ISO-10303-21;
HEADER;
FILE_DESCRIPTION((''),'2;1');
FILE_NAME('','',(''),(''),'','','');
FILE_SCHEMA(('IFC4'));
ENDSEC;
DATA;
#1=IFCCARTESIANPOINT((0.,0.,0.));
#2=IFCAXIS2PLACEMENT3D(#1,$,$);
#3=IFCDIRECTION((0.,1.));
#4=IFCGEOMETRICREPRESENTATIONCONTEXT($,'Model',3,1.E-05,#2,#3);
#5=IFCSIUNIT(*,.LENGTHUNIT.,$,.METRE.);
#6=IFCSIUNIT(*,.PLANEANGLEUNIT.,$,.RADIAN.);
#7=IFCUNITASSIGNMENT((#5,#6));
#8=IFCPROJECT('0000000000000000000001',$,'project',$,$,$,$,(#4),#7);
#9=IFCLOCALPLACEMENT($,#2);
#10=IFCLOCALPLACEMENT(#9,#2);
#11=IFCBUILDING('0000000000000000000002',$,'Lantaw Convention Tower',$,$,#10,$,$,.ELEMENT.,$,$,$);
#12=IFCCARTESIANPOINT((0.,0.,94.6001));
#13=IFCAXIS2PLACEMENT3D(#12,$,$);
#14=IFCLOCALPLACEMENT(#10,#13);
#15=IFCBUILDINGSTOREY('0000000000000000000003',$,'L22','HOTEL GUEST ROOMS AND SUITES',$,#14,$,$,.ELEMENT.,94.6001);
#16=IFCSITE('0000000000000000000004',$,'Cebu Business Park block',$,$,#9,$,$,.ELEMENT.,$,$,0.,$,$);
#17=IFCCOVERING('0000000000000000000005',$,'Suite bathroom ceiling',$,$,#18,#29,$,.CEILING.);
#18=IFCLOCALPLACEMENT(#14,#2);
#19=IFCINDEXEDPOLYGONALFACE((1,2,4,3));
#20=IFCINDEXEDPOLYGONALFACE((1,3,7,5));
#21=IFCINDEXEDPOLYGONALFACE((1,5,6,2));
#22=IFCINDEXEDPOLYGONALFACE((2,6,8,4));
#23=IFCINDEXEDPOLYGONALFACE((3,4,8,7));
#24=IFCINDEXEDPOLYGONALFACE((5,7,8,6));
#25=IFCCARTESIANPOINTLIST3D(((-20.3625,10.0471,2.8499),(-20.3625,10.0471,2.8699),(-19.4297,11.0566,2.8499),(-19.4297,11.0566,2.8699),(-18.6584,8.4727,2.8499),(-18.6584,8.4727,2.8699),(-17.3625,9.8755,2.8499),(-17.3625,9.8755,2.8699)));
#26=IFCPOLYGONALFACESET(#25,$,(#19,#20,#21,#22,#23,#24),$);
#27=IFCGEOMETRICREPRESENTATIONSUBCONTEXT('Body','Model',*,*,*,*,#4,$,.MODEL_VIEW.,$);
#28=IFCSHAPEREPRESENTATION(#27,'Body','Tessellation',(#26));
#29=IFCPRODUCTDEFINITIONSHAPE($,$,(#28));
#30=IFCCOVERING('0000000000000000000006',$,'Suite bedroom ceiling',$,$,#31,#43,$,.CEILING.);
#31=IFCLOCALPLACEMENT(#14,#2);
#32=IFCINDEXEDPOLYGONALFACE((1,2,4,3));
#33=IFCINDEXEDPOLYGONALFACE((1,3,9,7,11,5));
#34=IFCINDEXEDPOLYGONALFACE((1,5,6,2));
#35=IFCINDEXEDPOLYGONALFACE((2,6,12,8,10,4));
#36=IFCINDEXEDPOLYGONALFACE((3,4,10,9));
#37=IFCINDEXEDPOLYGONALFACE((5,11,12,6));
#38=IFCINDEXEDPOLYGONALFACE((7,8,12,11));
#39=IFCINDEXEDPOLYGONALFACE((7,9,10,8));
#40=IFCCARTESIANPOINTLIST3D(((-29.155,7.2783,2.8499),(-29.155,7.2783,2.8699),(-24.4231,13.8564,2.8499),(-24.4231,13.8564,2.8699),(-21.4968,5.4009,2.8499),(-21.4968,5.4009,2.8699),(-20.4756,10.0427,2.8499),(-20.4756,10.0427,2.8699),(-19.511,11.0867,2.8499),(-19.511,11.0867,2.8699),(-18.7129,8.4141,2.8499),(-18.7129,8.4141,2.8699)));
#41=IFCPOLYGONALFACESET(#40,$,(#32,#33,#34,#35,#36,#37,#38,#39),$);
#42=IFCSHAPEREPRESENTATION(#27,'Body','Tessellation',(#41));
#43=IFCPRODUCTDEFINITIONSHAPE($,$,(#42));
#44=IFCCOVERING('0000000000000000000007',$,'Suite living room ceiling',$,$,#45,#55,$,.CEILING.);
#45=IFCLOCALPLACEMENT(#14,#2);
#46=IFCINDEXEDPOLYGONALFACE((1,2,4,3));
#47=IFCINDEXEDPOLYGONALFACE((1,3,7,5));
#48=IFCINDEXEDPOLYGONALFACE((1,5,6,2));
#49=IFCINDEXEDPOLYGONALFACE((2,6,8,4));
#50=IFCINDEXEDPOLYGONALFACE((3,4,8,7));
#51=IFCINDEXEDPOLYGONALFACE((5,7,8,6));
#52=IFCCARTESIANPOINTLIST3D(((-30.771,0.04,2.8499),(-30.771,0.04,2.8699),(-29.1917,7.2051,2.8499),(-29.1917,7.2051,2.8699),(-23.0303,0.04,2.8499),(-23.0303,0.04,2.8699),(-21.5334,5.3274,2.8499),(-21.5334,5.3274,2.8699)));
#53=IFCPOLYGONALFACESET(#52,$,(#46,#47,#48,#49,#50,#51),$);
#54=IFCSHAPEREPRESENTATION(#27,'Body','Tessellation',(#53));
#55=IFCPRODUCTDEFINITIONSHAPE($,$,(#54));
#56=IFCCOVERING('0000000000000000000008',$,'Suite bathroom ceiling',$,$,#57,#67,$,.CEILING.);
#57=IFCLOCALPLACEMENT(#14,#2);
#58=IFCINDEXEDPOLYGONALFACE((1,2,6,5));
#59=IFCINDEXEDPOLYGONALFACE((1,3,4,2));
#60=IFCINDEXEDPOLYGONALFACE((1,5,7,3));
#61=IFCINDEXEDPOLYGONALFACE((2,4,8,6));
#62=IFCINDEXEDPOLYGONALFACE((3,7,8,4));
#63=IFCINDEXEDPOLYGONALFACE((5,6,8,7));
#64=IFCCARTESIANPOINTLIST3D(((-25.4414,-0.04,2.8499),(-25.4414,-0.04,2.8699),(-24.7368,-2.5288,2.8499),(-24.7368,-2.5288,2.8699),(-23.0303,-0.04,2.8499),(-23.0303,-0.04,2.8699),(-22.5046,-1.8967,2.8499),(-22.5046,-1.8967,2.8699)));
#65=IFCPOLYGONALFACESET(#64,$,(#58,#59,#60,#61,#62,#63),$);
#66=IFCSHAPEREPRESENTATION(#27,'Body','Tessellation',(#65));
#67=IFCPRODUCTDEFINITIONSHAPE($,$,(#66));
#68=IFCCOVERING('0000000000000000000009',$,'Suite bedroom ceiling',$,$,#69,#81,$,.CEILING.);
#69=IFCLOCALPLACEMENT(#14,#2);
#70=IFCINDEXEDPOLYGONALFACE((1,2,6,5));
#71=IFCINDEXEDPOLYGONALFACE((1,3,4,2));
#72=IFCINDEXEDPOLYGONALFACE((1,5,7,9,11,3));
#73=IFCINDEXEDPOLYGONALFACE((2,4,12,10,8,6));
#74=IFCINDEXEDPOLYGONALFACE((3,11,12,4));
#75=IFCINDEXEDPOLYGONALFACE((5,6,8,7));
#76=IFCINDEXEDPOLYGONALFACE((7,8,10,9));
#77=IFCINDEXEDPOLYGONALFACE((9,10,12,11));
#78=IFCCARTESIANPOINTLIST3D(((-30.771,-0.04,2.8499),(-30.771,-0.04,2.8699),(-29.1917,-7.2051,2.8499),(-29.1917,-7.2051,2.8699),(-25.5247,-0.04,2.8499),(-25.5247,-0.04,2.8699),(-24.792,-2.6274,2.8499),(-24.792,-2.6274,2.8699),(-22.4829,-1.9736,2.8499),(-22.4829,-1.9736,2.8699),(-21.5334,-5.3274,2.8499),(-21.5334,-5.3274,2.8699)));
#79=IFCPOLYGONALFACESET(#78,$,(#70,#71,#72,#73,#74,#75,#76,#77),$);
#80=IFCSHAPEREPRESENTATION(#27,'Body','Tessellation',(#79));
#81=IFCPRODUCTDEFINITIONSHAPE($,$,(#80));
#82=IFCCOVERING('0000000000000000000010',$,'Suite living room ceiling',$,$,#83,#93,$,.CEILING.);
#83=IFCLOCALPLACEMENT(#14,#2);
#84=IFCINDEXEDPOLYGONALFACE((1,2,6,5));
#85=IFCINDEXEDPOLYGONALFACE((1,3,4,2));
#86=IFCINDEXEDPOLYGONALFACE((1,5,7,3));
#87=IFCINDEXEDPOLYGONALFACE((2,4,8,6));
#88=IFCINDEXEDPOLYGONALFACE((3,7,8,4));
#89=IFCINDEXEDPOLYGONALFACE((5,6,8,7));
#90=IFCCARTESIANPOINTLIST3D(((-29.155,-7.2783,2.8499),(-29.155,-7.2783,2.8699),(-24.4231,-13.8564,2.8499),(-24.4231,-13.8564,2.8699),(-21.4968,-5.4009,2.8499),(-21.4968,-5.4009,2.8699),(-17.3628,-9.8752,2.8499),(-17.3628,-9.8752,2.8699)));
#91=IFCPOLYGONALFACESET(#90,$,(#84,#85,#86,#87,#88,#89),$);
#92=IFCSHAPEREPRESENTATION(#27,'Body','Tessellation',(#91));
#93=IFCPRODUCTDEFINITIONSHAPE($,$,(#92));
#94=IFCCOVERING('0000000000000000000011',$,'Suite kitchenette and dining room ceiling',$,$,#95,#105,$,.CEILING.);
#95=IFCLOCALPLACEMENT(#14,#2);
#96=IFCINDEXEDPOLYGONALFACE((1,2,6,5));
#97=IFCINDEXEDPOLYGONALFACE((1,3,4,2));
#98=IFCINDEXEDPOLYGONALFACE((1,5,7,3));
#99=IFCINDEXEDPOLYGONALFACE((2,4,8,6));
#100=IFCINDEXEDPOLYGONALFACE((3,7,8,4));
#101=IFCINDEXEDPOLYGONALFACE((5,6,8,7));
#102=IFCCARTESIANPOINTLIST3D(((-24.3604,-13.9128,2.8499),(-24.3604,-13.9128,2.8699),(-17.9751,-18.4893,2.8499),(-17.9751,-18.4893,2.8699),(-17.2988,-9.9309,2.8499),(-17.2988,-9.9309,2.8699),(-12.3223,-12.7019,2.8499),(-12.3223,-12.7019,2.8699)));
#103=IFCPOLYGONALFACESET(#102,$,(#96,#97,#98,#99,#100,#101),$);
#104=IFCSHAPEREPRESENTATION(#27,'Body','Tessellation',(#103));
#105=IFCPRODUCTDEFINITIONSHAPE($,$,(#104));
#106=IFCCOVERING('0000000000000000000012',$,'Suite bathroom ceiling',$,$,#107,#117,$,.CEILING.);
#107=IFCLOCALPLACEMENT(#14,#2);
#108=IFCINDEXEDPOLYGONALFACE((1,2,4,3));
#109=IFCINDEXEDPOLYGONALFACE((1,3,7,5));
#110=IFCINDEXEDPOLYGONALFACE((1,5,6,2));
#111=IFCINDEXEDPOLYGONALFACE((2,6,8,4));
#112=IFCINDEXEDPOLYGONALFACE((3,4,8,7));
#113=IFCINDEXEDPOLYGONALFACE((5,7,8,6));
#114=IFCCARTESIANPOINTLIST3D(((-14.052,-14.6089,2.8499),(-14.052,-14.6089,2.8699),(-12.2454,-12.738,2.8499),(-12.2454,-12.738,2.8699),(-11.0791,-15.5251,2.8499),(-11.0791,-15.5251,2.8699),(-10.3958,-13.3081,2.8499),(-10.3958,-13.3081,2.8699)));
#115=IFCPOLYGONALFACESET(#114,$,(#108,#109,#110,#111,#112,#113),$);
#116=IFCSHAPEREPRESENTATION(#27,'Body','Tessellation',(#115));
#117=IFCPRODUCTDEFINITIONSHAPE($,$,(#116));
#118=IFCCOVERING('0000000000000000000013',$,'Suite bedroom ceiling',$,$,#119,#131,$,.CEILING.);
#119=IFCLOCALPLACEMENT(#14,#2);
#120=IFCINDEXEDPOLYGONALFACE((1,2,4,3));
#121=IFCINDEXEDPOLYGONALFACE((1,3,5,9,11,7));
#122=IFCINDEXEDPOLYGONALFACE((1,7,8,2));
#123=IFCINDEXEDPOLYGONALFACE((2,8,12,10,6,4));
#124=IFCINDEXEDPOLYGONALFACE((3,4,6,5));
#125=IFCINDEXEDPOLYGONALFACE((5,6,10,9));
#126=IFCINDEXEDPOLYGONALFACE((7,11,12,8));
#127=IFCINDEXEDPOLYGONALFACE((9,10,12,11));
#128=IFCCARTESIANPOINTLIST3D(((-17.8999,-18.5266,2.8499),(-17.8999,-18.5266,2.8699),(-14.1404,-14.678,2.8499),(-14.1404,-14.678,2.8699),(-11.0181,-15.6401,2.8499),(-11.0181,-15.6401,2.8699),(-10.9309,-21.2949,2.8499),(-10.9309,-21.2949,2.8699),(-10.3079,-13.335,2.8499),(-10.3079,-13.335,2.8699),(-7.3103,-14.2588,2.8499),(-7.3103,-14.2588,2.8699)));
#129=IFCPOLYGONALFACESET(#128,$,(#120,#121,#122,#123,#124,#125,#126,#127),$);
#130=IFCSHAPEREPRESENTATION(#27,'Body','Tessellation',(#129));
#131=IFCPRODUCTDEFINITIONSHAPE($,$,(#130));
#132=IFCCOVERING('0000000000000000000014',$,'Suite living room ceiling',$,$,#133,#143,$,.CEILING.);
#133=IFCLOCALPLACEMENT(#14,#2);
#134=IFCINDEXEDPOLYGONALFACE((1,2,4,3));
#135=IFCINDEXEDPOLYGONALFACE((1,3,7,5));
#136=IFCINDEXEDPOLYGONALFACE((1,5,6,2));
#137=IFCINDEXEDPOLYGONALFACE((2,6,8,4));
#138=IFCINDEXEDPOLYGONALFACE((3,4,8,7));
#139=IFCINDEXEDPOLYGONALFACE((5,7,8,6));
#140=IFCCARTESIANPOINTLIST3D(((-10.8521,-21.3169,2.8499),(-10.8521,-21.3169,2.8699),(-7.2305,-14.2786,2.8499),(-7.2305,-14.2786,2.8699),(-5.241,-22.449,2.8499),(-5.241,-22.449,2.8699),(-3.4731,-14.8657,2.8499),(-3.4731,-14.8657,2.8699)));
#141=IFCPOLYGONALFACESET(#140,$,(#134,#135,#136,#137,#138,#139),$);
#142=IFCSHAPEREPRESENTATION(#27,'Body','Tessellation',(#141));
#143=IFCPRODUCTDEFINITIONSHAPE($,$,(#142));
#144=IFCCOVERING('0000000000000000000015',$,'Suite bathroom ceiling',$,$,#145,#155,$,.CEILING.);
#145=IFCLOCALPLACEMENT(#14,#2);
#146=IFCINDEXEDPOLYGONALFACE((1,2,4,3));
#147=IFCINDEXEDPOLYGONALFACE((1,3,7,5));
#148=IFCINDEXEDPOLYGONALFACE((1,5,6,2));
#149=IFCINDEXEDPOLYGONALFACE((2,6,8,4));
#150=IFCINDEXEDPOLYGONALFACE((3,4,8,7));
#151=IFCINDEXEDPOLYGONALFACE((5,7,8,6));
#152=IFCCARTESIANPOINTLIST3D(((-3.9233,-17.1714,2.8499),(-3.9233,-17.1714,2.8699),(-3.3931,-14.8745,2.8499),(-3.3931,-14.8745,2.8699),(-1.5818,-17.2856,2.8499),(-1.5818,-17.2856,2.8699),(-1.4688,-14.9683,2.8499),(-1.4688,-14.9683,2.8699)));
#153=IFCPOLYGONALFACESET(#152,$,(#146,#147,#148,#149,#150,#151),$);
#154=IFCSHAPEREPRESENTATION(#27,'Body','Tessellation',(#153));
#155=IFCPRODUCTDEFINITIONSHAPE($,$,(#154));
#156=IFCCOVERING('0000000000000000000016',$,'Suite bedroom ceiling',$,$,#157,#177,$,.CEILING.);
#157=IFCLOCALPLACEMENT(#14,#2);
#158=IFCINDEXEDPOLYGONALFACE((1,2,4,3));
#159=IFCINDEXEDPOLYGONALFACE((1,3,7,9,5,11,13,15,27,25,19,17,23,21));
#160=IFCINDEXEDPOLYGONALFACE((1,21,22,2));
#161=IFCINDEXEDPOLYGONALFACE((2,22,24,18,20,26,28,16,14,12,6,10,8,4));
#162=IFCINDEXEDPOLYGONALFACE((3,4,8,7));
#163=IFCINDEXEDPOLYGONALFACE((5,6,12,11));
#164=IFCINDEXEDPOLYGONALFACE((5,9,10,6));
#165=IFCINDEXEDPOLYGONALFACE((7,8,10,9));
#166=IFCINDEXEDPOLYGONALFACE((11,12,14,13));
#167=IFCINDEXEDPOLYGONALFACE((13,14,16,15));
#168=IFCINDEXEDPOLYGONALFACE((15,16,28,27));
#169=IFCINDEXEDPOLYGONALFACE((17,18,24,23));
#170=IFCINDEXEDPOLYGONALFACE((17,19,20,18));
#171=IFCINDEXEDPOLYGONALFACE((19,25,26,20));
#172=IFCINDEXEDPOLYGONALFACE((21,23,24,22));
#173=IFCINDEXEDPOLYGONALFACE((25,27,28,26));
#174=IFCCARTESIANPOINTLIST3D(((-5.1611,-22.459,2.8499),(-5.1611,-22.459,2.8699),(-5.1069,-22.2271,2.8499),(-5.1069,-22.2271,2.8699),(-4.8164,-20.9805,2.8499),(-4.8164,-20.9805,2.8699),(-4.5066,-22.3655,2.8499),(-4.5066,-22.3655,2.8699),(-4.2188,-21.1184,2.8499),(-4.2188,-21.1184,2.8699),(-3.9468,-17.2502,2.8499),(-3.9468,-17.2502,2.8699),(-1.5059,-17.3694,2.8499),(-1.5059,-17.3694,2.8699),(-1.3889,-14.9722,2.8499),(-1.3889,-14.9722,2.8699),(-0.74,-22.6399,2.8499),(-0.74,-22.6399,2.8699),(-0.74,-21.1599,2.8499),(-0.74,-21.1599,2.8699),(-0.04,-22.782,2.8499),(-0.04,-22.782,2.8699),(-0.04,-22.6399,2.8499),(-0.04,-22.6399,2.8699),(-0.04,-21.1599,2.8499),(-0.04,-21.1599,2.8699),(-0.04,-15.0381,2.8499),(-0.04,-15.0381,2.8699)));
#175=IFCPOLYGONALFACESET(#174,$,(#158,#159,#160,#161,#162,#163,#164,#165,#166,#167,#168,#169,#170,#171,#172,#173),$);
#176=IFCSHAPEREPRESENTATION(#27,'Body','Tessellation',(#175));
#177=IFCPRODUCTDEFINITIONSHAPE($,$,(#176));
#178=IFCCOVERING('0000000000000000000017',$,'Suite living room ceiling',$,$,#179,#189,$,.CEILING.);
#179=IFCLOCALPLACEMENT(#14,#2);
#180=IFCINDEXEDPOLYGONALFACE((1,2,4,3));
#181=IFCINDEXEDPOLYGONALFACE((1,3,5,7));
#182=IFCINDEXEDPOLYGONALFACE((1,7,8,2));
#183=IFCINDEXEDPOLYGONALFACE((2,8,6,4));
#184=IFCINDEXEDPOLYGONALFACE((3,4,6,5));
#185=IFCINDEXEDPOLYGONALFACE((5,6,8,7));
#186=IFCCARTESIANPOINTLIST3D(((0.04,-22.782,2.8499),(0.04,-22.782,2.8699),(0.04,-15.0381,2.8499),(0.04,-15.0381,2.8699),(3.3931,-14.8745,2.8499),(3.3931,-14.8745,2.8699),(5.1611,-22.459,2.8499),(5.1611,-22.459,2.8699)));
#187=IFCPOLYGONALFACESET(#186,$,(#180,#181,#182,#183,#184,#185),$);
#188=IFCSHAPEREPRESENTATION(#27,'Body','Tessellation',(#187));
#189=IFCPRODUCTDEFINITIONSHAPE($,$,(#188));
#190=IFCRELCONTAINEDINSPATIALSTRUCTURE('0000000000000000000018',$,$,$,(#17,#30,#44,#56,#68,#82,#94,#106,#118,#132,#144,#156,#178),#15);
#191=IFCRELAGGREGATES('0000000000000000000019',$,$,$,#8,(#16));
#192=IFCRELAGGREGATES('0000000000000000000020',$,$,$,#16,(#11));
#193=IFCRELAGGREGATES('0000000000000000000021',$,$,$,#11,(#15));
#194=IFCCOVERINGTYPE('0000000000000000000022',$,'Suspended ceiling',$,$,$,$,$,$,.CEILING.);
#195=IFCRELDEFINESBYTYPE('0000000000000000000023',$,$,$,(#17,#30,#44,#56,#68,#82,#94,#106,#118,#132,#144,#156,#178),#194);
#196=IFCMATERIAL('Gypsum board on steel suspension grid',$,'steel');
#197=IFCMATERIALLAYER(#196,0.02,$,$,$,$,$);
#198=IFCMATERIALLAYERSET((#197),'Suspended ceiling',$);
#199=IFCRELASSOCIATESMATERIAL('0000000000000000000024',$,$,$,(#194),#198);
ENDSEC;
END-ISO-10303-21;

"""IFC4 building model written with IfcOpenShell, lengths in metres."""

from ifc_helpers import new_model, si_unit, direction, frame, origin, place, context, subcontext, project, spatial, polyline, outline, extrude, material, layer, layer_set, type_object, element, save


model = new_model("IFC4")

# Units and contexts
model_context = context("Model", 3, precision=1e-05, world=origin(), true_north=direction((0.0, 1.0)))
body_context = subcontext(model_context, "Body", "Model", "MODEL_VIEW")
ifc_project = project(units=[si_unit("LENGTHUNIT", "METRE"), si_unit("PLANEANGLEUNIT", "RADIAN")], contexts=[model_context])

# Site, building, storey
site_placement = place(None, origin())
site = spatial("IfcSite", under=ifc_project, at=site_placement, Name="Cebu Business Park block", CompositionType="ELEMENT", RefElevation=0.0)
building_placement = place(site_placement, origin())
building = spatial("IfcBuilding", under=site, at=building_placement, Name="Lantaw Convention Tower", CompositionType="ELEMENT")
storey_placement = place(building_placement, frame((0.0, 0.0, 94.6001)))
storey = spatial("IfcBuildingStorey", under=building, at=storey_placement, Name="L22", Description="HOTEL GUEST ROOMS AND SUITES", CompositionType="ELEMENT", Elevation=94.6001)

# Coverings
ifc_material_1 = material(Name="Gypsum board on steel suspension grid", Category="steel")
ifc_layer_1 = layer(ifc_material_1, 0.02)
ifc_layer_set_1 = layer_set([ifc_layer_1], Name="Suspended ceiling")
covering_type = type_object("IfcCoveringType", Name="Suspended ceiling", PredefinedType="CEILING", material=ifc_layer_set_1)
covering_1_placement = place(storey_placement, frame((0.0, 0.0, 2.8499)))
element("IfcCovering", 1, at=covering_1_placement, inside=storey, type_object=covering_type, Name="Suite bathroom ceiling", PredefinedType="CEILING", context=body_context, shape_type="SweptSolid", body=[
    extrude(outline(polyline([(-17.3625, 9.8755), (-19.4297, 11.0566), (-20.3625, 10.0471), (-18.6584, 8.4727), (-17.3625, 9.8755)])), origin(), (0.0, 0.0, 1.0), 0.02),
])
covering_2_placement = place(storey_placement, frame((0.0, 0.0, 2.8499)))
element("IfcCovering", 2, at=covering_2_placement, inside=storey, type_object=covering_type, Name="Suite bedroom ceiling", PredefinedType="CEILING", context=body_context, shape_type="SweptSolid", body=[
    extrude(outline(polyline([(-21.4968, 5.4009), (-18.7129, 8.4141), (-20.4756, 10.0427), (-19.511, 11.0867), (-24.4231, 13.8564), (-29.155, 7.2783), (-21.4968, 5.4009)])), origin(), (0.0, 0.0, 1.0), 0.02),
])
covering_3_placement = place(storey_placement, frame((0.0, 0.0, 2.8499)))
element("IfcCovering", 3, at=covering_3_placement, inside=storey, type_object=covering_type, Name="Suite living room ceiling", PredefinedType="CEILING", context=body_context, shape_type="SweptSolid", body=[
    extrude(outline(polyline([(-21.5334, 5.3274), (-29.1917, 7.2051), (-30.771, 0.04), (-23.0303, 0.04), (-21.5334, 5.3274)])), origin(), (0.0, 0.0, 1.0), 0.02),
])
covering_4_placement = place(storey_placement, frame((0.0, 0.0, 2.8499)))
element("IfcCovering", 4, at=covering_4_placement, inside=storey, type_object=covering_type, Name="Suite bathroom ceiling", PredefinedType="CEILING", context=body_context, shape_type="SweptSolid", body=[
    extrude(outline(polyline([(-23.0303, -0.04), (-25.4414, -0.04), (-24.7368, -2.5288), (-22.5046, -1.8967), (-23.0303, -0.04)])), origin(), (0.0, 0.0, 1.0), 0.02),
])
covering_5_placement = place(storey_placement, frame((0.0, 0.0, 2.8499)))
element("IfcCovering", 5, at=covering_5_placement, inside=storey, type_object=covering_type, Name="Suite bedroom ceiling", PredefinedType="CEILING", context=body_context, shape_type="SweptSolid", body=[
    extrude(outline(polyline([(-22.4829, -1.9736), (-24.792, -2.6274), (-25.5247, -0.04), (-30.771, -0.04), (-29.1917, -7.2051), (-21.5334, -5.3274), (-22.4829, -1.9736)])), origin(), (0.0, 0.0, 1.0), 0.02),
])
covering_6_placement = place(storey_placement, frame((0.0, 0.0, 2.8499)))
element("IfcCovering", 6, at=covering_6_placement, inside=storey, type_object=covering_type, Name="Suite living room ceiling", PredefinedType="CEILING", context=body_context, shape_type="SweptSolid", body=[
    extrude(outline(polyline([(-21.4968, -5.4009), (-29.155, -7.2783), (-24.4231, -13.8564), (-17.3628, -9.8752), (-21.4968, -5.4009)])), origin(), (0.0, 0.0, 1.0), 0.02),
])
covering_7_placement = place(storey_placement, frame((0.0, 0.0, 2.8499)))
element("IfcCovering", 7, at=covering_7_placement, inside=storey, type_object=covering_type, Name="Suite kitchenette and dining room ceiling", PredefinedType="CEILING", context=body_context, shape_type="SweptSolid", body=[
    extrude(outline(polyline([(-17.2988, -9.9309), (-24.3604, -13.9128), (-17.9751, -18.4893), (-12.3223, -12.7019), (-17.2988, -9.9309)])), origin(), (0.0, 0.0, 1.0), 0.02),
])
covering_8_placement = place(storey_placement, frame((0.0, 0.0, 2.8499)))
element("IfcCovering", 8, at=covering_8_placement, inside=storey, type_object=covering_type, Name="Suite bathroom ceiling", PredefinedType="CEILING", context=body_context, shape_type="SweptSolid", body=[
    extrude(outline(polyline([(-12.2454, -12.738), (-14.052, -14.6089), (-11.0791, -15.5251), (-10.3958, -13.3081), (-12.2454, -12.738)])), origin(), (0.0, 0.0, 1.0), 0.02),
])
covering_9_placement = place(storey_placement, frame((0.0, 0.0, 2.8499)))
element("IfcCovering", 9, at=covering_9_placement, inside=storey, type_object=covering_type, Name="Suite bedroom ceiling", PredefinedType="CEILING", context=body_context, shape_type="SweptSolid", body=[
    extrude(outline(polyline([(-14.1404, -14.678), (-17.8999, -18.5266), (-10.9309, -21.2949), (-7.3103, -14.2588), (-10.3079, -13.335), (-11.0181, -15.6401), (-14.1404, -14.678)])), origin(), (0.0, 0.0, 1.0), 0.02),
])
covering_10_placement = place(storey_placement, frame((0.0, 0.0, 2.8499)))
element("IfcCovering", 10, at=covering_10_placement, inside=storey, type_object=covering_type, Name="Suite living room ceiling", PredefinedType="CEILING", context=body_context, shape_type="SweptSolid", body=[
    extrude(outline(polyline([(-7.2305, -14.2786), (-10.8521, -21.3169), (-5.241, -22.449), (-3.4731, -14.8657), (-7.2305, -14.2786)])), origin(), (0.0, 0.0, 1.0), 0.02),
])
covering_11_placement = place(storey_placement, frame((0.0, 0.0, 2.8499)))
element("IfcCovering", 11, at=covering_11_placement, inside=storey, type_object=covering_type, Name="Suite bathroom ceiling", PredefinedType="CEILING", context=body_context, shape_type="SweptSolid", body=[
    extrude(outline(polyline([(-3.3931, -14.8745), (-3.9233, -17.1714), (-1.5818, -17.2856), (-1.4688, -14.9683), (-3.3931, -14.8745)])), origin(), (0.0, 0.0, 1.0), 0.02),
])
covering_12_placement = place(storey_placement, frame((0.0, 0.0, 2.8499)))
element("IfcCovering", 12, at=covering_12_placement, inside=storey, type_object=covering_type, Name="Suite bedroom ceiling", PredefinedType="CEILING", context=body_context, shape_type="SweptSolid", body=[
    extrude(outline(polyline([(-3.9468, -17.2502), (-4.8164, -20.9805), (-4.2188, -21.1184), (-4.5066, -22.3655), (-5.1069, -22.2271), (-5.1611, -22.459), (-0.04, -22.782), (-0.04, -22.6399), (-0.74, -22.6399), (-0.74, -21.1599), (-0.04, -21.1599), (-0.04, -15.0381), (-1.3889, -14.9722), (-1.5059, -17.3694), (-3.9468, -17.2502)])), origin(), (0.0, 0.0, 1.0), 0.02),
])
covering_13_placement = place(storey_placement, frame((0.0, 0.0, 2.8499)))
element("IfcCovering", 13, at=covering_13_placement, inside=storey, type_object=covering_type, Name="Suite living room ceiling", PredefinedType="CEILING", context=body_context, shape_type="SweptSolid", body=[
    extrude(outline(polyline([(0.04, -15.0381), (0.04, -22.782), (5.1611, -22.459), (3.3931, -14.8745), (0.04, -15.0381)])), origin(), (0.0, 0.0, 1.0), 0.02),
])

save(model, "model.ifc")
